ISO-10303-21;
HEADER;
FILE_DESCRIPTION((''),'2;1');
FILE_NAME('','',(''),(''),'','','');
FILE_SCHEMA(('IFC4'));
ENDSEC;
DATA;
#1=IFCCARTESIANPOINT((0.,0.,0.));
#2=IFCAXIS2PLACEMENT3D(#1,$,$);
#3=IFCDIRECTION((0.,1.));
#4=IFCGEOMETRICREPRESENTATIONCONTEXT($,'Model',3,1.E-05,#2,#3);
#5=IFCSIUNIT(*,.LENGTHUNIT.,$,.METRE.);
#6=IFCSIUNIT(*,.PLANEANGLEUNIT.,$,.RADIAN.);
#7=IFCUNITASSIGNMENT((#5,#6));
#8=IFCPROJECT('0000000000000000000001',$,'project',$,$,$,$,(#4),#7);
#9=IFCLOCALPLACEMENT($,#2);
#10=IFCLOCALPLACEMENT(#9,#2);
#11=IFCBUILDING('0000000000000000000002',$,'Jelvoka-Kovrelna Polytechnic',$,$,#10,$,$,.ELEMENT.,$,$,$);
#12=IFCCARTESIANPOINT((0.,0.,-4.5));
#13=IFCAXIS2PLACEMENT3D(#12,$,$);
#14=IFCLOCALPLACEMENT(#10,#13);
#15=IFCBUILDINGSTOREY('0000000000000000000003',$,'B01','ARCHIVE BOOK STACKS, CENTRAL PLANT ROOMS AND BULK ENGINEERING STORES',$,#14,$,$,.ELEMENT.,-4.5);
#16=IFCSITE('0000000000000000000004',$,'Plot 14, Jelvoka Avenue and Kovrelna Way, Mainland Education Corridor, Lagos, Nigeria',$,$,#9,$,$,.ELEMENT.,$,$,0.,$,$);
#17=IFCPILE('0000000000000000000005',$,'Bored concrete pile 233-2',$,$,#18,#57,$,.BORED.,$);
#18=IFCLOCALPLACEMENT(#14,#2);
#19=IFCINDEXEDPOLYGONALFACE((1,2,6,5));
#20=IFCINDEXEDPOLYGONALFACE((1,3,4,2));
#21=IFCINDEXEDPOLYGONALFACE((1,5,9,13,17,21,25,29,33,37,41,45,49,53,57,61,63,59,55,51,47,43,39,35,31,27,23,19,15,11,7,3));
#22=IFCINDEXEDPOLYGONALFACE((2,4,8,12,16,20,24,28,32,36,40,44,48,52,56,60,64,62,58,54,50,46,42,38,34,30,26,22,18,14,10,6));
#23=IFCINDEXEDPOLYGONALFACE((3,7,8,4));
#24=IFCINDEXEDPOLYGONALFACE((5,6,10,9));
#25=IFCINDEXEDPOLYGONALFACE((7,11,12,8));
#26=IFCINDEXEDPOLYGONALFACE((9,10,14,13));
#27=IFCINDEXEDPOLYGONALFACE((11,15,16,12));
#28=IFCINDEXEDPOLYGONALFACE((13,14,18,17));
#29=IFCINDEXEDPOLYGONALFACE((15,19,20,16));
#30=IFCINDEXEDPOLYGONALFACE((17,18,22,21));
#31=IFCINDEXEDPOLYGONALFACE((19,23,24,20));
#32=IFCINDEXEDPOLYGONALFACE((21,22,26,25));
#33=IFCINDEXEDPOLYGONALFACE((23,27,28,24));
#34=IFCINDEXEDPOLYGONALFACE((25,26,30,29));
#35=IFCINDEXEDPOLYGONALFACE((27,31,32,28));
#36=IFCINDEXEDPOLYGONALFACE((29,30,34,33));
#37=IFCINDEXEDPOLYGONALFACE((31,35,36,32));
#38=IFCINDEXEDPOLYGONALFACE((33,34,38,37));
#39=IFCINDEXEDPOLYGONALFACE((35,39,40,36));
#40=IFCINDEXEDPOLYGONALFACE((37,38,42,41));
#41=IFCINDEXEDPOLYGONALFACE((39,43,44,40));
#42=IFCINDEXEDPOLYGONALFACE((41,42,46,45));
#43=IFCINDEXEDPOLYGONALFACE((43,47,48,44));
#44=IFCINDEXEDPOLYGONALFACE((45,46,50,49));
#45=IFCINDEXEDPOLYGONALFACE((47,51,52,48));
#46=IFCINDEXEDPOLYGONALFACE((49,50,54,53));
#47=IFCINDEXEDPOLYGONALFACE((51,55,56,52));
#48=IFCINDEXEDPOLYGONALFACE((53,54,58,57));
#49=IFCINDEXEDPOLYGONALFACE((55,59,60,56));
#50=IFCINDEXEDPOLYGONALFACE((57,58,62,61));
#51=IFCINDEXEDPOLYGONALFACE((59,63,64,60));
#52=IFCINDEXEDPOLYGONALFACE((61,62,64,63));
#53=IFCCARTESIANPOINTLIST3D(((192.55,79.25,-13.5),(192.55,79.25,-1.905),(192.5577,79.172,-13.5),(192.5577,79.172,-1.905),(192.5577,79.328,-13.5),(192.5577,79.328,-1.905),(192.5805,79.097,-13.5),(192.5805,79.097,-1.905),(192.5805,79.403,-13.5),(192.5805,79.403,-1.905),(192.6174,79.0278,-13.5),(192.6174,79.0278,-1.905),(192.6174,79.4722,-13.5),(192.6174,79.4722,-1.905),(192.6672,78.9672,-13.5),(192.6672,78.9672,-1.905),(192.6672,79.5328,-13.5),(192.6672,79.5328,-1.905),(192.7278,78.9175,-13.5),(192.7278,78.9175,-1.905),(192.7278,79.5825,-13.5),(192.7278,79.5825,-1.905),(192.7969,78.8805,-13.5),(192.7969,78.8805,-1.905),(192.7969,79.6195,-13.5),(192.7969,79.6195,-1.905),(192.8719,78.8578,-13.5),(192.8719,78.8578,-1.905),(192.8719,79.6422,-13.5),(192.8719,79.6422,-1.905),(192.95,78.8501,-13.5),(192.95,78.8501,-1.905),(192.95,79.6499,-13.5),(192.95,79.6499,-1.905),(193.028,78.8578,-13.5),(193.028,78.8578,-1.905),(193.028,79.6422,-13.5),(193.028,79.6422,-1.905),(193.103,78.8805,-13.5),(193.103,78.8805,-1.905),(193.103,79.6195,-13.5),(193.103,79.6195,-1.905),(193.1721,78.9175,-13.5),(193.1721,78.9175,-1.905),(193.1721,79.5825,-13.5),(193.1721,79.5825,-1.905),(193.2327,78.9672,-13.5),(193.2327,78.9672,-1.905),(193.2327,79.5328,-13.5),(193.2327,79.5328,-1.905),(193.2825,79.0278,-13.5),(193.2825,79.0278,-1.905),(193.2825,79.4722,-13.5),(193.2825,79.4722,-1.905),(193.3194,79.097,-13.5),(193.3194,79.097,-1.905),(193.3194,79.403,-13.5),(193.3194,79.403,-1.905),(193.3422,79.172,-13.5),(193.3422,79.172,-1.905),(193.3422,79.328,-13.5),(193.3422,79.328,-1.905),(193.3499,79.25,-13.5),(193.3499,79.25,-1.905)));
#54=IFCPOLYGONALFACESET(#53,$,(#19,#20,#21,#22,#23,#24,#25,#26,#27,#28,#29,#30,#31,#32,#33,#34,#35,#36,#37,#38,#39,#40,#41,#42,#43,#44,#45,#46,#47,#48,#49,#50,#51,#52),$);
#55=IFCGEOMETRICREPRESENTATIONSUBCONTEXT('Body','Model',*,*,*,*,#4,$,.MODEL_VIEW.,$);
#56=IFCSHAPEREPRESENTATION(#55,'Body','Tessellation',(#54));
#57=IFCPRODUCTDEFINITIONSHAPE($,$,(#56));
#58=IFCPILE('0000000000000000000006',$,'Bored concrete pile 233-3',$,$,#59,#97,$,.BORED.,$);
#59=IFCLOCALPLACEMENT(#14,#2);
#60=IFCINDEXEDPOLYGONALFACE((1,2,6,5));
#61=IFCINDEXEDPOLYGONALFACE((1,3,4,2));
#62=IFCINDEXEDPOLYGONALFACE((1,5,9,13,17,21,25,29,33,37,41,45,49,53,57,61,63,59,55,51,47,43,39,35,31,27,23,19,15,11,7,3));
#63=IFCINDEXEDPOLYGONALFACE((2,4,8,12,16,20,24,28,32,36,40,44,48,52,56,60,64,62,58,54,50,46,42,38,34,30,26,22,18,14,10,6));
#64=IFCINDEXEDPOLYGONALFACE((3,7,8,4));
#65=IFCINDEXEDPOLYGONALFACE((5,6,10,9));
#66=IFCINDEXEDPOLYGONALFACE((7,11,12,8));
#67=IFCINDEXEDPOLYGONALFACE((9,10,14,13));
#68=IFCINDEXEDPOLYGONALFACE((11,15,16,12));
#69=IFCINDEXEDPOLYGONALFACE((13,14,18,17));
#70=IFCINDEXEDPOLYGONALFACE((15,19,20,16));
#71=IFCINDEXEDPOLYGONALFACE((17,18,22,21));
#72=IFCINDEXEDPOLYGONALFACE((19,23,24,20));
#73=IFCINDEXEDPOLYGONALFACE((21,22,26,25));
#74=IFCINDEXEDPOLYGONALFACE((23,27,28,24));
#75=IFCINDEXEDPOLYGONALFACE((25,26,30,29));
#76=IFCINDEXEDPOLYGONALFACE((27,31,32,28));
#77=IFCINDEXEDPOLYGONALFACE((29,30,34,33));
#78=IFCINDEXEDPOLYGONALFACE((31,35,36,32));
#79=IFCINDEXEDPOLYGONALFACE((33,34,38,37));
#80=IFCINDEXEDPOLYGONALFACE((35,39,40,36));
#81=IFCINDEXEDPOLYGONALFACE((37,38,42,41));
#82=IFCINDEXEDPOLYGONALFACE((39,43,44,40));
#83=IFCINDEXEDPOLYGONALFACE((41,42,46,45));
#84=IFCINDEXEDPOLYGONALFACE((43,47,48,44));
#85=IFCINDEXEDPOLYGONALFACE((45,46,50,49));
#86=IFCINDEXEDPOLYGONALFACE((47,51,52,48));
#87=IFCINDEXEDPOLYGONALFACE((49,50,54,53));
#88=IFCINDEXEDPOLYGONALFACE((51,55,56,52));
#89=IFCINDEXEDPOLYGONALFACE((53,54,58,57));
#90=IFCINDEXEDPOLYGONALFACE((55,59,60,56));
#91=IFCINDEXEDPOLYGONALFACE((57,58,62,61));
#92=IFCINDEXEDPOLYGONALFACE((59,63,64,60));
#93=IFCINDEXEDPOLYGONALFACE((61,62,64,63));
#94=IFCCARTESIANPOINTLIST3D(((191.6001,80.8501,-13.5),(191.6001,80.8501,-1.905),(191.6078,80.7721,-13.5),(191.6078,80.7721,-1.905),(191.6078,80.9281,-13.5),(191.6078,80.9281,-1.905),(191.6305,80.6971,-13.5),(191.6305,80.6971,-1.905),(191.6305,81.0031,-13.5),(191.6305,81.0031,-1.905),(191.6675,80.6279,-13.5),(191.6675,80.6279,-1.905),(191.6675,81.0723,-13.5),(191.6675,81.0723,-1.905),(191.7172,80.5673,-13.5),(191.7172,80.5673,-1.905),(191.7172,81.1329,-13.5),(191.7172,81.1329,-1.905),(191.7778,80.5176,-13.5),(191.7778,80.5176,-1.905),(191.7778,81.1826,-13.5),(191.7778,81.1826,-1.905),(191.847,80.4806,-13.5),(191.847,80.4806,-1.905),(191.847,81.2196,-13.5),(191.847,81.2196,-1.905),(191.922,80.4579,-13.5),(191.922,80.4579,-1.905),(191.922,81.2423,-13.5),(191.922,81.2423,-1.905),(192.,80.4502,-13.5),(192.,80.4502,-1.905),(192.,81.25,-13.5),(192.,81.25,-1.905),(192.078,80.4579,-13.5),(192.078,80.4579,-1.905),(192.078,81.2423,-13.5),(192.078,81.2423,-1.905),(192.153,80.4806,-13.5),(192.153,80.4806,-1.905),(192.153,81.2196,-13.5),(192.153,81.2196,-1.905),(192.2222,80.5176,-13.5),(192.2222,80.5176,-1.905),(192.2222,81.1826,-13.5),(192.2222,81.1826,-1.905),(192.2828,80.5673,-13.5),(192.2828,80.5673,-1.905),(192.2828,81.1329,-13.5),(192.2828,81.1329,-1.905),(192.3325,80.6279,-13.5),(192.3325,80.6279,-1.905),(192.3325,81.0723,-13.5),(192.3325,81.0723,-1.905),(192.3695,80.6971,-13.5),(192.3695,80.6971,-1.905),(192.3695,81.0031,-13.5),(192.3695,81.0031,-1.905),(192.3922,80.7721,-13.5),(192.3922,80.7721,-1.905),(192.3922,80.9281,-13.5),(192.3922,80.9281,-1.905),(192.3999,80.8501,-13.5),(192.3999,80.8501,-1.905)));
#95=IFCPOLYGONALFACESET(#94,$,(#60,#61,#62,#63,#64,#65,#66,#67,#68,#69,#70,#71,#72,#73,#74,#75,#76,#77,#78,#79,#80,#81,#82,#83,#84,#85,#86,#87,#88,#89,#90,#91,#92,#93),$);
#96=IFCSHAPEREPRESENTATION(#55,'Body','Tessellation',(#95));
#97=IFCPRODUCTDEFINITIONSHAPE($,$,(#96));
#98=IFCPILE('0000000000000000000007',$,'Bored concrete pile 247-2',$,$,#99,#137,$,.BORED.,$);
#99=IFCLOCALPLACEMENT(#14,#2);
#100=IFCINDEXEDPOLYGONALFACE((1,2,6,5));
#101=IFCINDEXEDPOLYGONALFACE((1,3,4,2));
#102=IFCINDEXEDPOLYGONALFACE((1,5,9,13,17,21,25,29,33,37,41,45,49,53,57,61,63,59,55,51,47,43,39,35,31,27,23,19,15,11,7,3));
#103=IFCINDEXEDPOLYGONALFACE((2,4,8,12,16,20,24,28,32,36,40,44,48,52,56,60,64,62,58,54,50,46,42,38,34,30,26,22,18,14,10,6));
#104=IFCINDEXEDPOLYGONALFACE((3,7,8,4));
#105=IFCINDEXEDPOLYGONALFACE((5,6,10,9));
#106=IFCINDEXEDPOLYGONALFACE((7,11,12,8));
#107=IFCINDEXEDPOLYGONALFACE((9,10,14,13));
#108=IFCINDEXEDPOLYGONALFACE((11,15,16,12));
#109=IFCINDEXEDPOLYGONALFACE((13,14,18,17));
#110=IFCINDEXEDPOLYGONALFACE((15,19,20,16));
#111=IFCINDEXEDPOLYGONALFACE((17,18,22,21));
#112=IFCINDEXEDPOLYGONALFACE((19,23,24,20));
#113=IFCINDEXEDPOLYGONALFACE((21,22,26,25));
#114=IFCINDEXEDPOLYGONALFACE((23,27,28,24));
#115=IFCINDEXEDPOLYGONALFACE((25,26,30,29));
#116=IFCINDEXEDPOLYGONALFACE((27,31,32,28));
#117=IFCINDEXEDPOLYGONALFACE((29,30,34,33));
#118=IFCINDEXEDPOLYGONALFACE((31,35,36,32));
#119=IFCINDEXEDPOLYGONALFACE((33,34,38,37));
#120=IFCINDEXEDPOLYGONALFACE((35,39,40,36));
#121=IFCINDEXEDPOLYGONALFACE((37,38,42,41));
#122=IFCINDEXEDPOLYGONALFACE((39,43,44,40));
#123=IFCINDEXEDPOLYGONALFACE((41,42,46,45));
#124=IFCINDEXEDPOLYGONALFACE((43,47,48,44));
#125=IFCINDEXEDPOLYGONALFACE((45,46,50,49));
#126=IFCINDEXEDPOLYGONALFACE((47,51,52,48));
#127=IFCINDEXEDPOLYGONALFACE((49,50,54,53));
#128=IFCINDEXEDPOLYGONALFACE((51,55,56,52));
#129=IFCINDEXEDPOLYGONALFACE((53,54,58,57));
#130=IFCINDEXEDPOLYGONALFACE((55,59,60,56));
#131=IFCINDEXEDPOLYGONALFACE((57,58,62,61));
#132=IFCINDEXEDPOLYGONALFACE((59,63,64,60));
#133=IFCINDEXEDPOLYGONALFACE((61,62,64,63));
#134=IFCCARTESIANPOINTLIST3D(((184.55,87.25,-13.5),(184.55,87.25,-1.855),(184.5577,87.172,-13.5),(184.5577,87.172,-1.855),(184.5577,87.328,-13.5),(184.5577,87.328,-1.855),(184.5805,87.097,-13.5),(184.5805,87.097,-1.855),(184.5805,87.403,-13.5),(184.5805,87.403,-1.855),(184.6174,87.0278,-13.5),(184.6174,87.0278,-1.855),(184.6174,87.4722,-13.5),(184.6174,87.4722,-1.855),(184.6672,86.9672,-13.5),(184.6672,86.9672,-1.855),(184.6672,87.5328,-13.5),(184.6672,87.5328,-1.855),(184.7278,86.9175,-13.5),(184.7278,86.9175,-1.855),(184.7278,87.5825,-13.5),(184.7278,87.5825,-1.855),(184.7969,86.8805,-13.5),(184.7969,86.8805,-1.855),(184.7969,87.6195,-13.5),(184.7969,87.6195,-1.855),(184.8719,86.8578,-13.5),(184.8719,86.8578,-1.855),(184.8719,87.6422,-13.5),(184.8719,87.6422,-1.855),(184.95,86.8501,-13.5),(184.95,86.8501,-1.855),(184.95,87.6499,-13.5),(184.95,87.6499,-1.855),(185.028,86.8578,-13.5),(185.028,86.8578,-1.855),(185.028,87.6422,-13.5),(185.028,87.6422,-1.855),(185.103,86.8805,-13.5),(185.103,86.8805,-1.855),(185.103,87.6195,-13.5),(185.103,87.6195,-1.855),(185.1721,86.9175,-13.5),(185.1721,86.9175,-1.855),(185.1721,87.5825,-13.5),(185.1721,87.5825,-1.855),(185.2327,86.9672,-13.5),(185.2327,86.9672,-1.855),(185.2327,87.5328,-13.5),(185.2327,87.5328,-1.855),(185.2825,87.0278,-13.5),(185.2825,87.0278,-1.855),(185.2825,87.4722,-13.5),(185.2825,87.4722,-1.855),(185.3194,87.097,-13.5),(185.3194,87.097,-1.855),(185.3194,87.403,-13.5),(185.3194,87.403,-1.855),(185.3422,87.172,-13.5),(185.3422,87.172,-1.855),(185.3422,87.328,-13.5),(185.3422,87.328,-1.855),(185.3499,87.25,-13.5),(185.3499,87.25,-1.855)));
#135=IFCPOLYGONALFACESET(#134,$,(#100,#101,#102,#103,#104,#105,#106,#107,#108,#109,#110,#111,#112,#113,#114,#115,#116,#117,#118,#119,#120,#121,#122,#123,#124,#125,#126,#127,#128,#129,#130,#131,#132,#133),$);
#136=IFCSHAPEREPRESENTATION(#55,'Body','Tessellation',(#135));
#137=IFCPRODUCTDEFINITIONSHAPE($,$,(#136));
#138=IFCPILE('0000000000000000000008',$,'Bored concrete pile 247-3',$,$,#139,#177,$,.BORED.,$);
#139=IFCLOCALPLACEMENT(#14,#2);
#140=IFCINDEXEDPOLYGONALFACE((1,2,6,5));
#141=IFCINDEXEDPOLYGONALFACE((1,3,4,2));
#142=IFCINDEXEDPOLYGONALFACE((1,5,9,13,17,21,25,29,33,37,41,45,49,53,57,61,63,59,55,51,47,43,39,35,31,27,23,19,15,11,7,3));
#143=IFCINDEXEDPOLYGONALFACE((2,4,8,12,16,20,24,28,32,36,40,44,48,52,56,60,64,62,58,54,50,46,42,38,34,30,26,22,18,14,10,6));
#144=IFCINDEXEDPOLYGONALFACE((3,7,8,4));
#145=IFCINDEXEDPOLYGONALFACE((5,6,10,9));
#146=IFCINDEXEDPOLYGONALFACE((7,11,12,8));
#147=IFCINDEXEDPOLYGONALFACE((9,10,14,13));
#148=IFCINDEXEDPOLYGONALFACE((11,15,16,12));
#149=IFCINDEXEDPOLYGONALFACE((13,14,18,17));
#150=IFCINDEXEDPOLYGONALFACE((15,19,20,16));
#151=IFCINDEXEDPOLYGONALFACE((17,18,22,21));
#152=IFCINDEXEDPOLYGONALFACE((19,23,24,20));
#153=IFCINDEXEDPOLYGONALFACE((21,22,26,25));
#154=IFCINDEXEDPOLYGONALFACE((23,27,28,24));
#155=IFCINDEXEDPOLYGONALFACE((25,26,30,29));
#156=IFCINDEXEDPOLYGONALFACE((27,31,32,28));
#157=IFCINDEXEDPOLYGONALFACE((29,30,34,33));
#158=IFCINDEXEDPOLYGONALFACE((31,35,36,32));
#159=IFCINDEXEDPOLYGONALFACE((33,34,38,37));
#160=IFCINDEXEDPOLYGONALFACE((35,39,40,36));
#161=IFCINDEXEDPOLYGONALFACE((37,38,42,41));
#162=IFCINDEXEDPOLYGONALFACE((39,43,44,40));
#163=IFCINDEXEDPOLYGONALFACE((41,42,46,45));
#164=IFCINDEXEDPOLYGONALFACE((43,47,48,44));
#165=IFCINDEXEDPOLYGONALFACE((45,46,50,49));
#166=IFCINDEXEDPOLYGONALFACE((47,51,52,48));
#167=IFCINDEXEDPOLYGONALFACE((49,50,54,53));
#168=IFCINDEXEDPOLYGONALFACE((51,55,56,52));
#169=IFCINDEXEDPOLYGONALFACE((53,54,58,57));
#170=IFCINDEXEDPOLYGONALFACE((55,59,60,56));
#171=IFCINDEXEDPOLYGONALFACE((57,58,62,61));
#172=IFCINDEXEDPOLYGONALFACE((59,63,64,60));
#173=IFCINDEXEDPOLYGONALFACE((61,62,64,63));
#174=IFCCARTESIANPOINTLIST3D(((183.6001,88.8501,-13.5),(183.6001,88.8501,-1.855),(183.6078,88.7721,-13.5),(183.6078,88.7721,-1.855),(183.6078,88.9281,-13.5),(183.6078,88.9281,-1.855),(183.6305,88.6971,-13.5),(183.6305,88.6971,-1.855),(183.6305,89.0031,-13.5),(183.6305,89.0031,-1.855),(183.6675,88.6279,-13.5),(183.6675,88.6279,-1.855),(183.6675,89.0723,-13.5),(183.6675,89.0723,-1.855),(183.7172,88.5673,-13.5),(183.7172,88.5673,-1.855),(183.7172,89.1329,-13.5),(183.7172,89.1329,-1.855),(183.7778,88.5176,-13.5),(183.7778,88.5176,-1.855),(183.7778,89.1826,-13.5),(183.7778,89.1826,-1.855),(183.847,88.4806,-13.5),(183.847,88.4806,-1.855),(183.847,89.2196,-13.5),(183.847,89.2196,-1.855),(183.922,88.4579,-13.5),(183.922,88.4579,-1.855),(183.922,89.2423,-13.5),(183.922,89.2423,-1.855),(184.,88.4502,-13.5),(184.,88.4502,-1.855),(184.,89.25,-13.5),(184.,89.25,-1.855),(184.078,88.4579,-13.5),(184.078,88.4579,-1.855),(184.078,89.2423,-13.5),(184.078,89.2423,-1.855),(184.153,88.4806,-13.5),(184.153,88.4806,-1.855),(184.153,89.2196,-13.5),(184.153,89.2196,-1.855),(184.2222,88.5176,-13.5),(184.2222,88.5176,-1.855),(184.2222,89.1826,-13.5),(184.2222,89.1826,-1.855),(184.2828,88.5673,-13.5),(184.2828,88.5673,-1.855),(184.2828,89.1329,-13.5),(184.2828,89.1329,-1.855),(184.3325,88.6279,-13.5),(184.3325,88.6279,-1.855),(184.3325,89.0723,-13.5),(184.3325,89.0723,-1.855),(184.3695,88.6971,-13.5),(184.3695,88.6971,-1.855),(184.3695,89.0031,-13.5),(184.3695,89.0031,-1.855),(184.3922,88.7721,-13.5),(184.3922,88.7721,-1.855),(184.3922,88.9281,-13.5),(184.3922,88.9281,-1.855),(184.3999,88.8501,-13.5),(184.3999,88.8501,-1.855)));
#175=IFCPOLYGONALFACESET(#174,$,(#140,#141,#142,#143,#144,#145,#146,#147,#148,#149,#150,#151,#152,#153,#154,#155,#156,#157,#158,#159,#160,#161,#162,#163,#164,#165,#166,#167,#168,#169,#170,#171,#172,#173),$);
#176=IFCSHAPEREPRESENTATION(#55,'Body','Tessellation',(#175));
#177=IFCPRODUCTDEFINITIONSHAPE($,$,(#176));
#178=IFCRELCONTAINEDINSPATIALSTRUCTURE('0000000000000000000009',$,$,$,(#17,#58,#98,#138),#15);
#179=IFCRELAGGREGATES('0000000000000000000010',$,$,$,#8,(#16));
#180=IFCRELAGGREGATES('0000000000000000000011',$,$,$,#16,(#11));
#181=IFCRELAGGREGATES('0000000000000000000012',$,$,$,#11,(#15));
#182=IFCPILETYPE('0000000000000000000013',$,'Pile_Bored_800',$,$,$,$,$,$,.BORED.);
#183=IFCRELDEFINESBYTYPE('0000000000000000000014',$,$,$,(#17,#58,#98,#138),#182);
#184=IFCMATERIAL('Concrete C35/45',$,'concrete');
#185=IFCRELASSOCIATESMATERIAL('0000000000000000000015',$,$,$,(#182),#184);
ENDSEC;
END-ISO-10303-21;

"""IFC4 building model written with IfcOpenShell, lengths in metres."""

from ifc_helpers import new_model, si_unit, direction, frame, origin, origin_2d, place, context, subcontext, project, spatial, circle, extrude, material, material_profile, profile_set, type_object, element, save


model = new_model("IFC4")

# Units and contexts
model_context = context("Model", 3, precision=1e-05, world=origin(), true_north=direction((0.0, 1.0)))
body_context = subcontext(model_context, "Body", "Model", "MODEL_VIEW")
ifc_project = project(units=[si_unit("LENGTHUNIT", "METRE"), si_unit("PLANEANGLEUNIT", "RADIAN")], contexts=[model_context])

# Site, building, storey
site_placement = place(None, origin())
site = spatial("IfcSite", under=ifc_project, at=site_placement, Name="Plot 14, Jelvoka Avenue and Kovrelna Way, Mainland Education Corridor, Lagos, Nigeria", CompositionType="ELEMENT", RefElevation=0.0)
building_placement = place(site_placement, origin())
building = spatial("IfcBuilding", under=site, at=building_placement, Name="Jelvoka-Kovrelna Polytechnic", CompositionType="ELEMENT")
storey_placement = place(building_placement, frame((0.0, 0.0, -4.5)))
storey = spatial("IfcBuildingStorey", under=building, at=storey_placement, Name="B01", Description="ARCHIVE BOOK STACKS, CENTRAL PLANT ROOMS AND BULK ENGINEERING STORES", CompositionType="ELEMENT", Elevation=-4.5)

# Piles
ifc_material_1 = material(Name="Concrete C35/45", Category="concrete")
ifc_material_profile_1 = material_profile(ifc_material_1, circle(Radius=0.3999, at=origin_2d()), Name="PILE D800")
ifc_profile_set_1 = profile_set([ifc_material_profile_1], Name="Concrete C35/45")
pile_type = type_object("IfcPileType", Name="Pile_Bored_800", PredefinedType="BORED", material=ifc_profile_set_1)
for number, where, z_axis, x_axis, name in (
    (1, (192.95, 79.25, -1.905), (0.0, 0.0, -1.0), (1.0, 0.0, 0.0), "Bored concrete pile 233-2"),
    (2, (192.0, 80.8501, -1.905), (0.0, 0.0, -1.0), (1.0, 0.0, 0.0), "Bored concrete pile 233-3"),
):
    element("IfcPile", number, at=place(storey_placement, frame(where, z_axis=z_axis, x_axis=x_axis)), inside=storey, type_object=pile_type, Name=name, PredefinedType="BORED", context=body_context, shape_type="SweptSolid", body=[
        extrude(circle(Radius=0.3999, at=origin_2d()), origin(), (0.0, 0.0, 1.0), 11.595),
    ])
for number, where, z_axis, x_axis, name in (
    (3, (184.95, 87.25, -1.855), (0.0, 0.0, -1.0), (1.0, 0.0, 0.0), "Bored concrete pile 247-2"),
    (4, (184.0, 88.8501, -1.855), (0.0, 0.0, -1.0), (1.0, 0.0, 0.0), "Bored concrete pile 247-3"),
):
    element("IfcPile", number, at=place(storey_placement, frame(where, z_axis=z_axis, x_axis=x_axis)), inside=storey, type_object=pile_type, Name=name, PredefinedType="BORED", context=body_context, shape_type="SweptSolid", body=[
        extrude(circle(Radius=0.3999, at=origin_2d()), origin(), (0.0, 0.0, 1.0), 11.645),
    ])

save(model, "model.ifc")
